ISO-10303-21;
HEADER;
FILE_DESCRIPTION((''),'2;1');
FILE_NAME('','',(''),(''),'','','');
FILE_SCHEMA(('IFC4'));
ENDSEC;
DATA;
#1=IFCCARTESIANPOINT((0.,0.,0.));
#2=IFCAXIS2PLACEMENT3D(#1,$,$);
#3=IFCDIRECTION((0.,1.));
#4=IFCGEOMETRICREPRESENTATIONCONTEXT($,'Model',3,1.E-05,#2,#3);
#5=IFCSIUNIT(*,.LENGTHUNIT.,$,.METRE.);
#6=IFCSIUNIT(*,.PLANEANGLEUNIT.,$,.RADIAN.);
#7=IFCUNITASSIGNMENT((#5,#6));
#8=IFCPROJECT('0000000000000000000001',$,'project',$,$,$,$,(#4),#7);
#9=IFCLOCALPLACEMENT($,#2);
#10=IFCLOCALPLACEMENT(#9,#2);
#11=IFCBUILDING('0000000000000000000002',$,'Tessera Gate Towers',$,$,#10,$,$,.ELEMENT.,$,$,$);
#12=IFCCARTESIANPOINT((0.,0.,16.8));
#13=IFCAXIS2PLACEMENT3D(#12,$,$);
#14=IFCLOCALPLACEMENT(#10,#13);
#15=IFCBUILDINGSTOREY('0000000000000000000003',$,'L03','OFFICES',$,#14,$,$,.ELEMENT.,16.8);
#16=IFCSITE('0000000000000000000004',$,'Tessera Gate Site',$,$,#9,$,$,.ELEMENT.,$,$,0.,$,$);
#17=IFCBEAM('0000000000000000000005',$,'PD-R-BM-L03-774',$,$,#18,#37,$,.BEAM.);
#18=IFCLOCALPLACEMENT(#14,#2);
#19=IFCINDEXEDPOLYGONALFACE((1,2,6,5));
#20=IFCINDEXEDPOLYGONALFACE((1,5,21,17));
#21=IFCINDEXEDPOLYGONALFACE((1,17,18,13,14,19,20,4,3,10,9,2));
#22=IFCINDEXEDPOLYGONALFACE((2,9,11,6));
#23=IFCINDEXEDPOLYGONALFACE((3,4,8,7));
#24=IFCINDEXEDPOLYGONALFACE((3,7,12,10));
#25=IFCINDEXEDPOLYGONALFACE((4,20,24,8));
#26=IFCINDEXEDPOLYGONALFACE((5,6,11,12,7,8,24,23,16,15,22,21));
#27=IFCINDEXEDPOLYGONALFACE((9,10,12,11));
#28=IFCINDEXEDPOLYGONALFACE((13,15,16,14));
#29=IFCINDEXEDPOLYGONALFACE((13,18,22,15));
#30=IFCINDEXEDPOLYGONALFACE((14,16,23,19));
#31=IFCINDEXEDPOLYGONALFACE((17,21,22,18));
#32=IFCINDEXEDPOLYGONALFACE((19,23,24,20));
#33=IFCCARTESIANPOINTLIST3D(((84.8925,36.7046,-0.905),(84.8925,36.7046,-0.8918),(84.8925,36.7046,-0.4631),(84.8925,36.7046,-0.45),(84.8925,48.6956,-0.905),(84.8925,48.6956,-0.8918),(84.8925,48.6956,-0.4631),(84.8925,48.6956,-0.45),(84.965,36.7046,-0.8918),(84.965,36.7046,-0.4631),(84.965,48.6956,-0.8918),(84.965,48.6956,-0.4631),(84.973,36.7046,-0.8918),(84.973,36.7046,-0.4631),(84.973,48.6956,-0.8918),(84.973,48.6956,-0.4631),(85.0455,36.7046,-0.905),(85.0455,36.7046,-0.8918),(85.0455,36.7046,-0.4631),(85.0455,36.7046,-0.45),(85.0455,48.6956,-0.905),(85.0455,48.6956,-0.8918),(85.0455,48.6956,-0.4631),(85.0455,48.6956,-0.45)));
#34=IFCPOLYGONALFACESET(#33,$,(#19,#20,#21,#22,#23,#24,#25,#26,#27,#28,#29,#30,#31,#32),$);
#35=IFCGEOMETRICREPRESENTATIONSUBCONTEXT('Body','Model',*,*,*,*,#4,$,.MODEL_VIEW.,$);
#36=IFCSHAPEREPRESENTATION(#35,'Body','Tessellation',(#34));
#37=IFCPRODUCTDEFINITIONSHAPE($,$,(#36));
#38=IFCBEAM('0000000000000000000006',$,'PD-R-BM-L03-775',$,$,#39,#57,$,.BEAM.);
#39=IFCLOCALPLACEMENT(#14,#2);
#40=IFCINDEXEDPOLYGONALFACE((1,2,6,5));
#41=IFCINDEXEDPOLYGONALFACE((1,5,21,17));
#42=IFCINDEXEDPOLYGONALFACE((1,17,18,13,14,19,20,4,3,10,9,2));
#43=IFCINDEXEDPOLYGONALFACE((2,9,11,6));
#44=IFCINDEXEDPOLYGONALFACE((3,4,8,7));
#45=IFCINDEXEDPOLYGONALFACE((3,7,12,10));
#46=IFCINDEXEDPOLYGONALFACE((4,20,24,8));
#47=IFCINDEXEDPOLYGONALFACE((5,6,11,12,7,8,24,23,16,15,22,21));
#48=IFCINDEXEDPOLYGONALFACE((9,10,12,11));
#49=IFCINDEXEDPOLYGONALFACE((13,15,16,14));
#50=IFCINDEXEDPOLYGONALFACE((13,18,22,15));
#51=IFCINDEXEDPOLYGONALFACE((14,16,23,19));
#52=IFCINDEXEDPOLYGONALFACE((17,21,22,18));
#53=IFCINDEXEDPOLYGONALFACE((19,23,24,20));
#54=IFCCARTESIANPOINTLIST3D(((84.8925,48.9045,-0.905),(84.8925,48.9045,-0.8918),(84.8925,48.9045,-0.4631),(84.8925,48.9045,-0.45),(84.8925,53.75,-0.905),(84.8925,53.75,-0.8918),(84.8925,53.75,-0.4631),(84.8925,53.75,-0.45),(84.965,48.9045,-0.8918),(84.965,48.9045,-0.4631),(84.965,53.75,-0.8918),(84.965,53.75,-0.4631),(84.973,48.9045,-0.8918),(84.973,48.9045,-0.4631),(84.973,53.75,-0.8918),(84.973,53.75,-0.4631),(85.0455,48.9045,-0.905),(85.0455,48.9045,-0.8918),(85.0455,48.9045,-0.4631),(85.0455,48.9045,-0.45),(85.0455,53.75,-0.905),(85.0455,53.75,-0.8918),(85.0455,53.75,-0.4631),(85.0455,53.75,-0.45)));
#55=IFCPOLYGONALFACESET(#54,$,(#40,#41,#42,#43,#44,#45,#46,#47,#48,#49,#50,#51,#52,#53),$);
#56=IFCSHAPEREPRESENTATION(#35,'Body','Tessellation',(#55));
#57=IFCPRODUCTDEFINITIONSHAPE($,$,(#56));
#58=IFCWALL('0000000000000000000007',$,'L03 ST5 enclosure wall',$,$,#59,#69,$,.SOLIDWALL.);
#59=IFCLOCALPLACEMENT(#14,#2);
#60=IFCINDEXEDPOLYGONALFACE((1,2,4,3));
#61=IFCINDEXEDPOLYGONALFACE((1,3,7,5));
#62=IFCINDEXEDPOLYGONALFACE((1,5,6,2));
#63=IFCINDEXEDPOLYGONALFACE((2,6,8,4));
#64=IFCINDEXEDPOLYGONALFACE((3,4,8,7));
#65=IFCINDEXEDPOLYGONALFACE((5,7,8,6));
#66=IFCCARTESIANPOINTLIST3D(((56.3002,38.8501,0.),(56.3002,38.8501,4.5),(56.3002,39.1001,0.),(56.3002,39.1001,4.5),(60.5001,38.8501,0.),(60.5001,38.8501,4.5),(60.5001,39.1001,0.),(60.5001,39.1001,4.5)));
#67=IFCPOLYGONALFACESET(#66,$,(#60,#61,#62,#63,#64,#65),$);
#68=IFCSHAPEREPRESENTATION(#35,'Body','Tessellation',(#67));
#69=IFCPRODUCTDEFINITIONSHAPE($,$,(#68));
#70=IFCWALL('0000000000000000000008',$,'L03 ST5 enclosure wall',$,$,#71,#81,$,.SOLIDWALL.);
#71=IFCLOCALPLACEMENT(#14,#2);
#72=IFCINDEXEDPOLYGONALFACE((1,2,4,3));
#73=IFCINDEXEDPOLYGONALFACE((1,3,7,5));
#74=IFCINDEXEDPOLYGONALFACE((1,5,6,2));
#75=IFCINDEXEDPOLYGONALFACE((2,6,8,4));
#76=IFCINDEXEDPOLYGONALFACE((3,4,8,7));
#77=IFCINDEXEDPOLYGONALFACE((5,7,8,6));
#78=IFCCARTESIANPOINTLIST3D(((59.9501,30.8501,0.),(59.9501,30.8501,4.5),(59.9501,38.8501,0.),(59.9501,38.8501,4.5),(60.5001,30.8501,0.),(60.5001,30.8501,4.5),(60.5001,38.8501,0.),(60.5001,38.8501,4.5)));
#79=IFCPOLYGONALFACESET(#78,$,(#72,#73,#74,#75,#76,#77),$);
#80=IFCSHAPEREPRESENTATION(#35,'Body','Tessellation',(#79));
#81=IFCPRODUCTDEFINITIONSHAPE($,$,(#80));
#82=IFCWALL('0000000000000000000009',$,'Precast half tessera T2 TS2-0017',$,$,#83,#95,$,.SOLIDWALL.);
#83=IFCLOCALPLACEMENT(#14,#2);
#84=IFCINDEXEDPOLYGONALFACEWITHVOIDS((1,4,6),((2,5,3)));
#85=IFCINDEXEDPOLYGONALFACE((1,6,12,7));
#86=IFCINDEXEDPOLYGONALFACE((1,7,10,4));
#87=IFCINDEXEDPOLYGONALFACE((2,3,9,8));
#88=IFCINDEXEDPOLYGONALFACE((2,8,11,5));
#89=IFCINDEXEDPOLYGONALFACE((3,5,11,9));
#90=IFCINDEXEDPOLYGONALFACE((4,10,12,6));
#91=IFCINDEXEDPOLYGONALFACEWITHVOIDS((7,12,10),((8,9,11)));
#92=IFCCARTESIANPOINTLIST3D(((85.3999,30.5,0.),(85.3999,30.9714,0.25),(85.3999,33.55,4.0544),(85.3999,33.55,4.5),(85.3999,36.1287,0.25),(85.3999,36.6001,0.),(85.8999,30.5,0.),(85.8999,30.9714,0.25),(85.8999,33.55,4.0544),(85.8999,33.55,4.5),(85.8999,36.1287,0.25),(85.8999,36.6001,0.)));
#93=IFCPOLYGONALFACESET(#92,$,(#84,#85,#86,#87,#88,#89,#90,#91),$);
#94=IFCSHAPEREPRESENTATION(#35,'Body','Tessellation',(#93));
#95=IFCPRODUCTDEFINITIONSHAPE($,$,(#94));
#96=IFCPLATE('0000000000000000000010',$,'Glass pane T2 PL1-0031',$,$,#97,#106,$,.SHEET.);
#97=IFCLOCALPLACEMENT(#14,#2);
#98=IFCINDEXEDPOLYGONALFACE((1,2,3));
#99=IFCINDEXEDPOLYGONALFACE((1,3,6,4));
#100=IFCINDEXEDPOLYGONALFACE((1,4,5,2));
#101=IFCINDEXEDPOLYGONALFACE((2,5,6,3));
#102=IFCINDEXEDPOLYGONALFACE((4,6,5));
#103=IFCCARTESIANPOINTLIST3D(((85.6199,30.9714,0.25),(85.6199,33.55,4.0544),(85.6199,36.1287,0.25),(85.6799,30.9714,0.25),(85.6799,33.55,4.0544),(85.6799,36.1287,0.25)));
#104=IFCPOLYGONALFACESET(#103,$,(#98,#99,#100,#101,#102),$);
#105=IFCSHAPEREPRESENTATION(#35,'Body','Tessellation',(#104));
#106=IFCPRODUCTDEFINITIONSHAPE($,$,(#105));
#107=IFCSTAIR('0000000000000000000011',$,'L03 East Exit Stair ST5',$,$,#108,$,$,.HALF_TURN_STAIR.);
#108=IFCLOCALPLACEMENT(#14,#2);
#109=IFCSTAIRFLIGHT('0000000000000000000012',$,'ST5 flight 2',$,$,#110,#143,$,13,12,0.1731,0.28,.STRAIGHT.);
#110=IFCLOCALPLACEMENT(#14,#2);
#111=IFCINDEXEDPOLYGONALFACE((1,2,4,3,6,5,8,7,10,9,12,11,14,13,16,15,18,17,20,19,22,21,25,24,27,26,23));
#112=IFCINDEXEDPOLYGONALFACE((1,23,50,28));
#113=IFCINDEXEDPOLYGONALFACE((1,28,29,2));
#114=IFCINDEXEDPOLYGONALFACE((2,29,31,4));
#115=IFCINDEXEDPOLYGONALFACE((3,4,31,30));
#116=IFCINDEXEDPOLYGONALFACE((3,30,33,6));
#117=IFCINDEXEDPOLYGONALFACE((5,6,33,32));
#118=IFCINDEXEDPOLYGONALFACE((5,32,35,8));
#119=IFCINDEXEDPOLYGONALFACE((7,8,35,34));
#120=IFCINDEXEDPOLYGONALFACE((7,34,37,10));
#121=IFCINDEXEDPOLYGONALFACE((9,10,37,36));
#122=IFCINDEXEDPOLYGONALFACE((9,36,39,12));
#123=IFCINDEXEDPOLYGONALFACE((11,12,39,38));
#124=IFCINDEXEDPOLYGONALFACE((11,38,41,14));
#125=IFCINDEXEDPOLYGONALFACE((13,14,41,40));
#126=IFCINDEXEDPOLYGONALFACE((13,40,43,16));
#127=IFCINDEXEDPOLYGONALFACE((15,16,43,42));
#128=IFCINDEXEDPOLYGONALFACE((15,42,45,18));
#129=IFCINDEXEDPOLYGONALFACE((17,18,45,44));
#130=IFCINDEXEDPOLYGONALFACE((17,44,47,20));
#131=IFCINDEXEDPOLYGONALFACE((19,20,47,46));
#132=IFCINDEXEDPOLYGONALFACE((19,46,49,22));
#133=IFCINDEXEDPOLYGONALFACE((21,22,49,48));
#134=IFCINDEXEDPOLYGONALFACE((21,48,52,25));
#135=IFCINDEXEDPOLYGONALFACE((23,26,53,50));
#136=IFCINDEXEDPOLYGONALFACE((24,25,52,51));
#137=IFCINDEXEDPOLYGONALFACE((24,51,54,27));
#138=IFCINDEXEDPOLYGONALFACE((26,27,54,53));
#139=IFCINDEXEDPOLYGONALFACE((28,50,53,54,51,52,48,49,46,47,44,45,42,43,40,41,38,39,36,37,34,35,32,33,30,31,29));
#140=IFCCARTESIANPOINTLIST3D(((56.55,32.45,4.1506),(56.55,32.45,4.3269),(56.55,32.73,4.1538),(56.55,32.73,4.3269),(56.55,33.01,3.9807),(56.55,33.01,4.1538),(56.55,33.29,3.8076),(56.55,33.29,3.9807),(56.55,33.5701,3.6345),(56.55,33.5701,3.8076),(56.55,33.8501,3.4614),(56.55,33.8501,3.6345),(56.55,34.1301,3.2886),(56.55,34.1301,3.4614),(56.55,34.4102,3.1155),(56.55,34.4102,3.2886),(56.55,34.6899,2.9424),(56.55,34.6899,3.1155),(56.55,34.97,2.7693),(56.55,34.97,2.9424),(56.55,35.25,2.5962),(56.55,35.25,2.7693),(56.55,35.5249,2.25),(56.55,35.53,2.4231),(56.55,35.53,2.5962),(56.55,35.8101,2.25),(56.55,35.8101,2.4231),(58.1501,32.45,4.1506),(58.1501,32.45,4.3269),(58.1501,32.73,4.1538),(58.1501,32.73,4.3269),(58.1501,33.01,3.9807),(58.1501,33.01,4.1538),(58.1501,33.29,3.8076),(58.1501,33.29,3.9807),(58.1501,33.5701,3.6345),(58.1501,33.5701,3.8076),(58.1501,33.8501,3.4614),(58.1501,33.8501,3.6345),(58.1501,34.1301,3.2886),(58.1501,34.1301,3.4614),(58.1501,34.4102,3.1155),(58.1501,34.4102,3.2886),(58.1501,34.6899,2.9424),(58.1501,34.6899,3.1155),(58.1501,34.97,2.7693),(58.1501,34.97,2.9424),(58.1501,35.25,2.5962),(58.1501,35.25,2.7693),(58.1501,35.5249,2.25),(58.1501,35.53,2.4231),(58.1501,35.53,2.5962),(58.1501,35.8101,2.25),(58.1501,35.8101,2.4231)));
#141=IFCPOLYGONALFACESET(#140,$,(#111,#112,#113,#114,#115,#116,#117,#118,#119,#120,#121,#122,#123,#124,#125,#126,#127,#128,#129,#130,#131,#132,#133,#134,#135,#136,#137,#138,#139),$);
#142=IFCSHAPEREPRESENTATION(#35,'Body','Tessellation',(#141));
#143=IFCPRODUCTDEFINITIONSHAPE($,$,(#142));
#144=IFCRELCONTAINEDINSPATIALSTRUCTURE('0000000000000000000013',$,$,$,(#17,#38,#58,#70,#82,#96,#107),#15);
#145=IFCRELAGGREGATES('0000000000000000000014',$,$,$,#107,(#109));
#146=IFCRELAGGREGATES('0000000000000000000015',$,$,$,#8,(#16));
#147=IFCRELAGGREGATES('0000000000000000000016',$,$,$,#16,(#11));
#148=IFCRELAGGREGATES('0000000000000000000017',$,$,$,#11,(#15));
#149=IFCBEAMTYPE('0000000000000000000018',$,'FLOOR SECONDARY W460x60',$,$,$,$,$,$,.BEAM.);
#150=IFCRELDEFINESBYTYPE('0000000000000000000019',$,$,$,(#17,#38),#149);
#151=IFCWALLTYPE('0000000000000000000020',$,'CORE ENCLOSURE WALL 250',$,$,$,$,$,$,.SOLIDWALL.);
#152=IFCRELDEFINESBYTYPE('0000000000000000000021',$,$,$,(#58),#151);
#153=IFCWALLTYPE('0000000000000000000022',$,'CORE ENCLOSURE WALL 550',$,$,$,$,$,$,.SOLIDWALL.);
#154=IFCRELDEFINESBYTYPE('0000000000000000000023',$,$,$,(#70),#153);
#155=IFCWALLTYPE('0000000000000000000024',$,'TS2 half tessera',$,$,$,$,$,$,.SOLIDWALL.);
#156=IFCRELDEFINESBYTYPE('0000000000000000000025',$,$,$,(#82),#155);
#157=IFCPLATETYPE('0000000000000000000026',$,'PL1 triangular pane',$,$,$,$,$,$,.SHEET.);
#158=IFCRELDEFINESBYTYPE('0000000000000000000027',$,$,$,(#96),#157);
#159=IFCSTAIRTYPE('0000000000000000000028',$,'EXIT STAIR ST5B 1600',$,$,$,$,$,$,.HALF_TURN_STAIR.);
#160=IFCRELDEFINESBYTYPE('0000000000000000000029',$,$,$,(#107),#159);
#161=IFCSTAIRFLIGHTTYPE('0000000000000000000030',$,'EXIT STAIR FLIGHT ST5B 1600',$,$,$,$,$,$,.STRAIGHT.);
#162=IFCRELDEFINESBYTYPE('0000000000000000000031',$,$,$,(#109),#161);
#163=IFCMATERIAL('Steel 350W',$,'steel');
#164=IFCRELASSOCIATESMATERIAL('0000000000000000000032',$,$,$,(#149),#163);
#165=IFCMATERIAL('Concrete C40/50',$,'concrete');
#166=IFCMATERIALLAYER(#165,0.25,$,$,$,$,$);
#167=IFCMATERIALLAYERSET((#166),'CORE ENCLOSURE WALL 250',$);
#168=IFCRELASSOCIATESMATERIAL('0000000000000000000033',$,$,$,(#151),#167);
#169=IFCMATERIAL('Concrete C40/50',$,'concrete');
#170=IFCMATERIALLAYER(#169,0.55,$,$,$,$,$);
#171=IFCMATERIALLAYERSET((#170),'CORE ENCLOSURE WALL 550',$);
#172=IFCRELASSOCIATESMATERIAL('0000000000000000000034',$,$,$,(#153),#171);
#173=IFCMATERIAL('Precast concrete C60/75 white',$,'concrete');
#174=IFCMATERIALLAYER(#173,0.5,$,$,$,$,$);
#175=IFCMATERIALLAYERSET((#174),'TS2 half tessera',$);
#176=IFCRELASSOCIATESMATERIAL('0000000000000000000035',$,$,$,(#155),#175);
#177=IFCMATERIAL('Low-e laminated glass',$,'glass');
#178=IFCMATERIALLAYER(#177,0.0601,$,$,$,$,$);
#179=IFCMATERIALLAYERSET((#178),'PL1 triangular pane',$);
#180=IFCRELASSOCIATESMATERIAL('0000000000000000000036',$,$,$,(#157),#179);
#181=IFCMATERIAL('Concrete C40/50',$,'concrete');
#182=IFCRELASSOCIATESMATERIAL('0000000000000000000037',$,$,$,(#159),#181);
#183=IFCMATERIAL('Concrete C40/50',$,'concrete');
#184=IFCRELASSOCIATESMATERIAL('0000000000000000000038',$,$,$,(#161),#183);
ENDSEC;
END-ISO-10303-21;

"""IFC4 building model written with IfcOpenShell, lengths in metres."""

from ifc_helpers import new_model, si_unit, direction, frame, frame_2d, origin, origin_2d, place, context, subcontext, project, spatial, polyline, rectangle, i_section, outline, extrude, source, transform, mapped, material, layer, layer_set, material_profile, profile_set, type_object, element, fill, aggregate, save


model = new_model("IFC4")

# Units and contexts
model_context = context("Model", 3, precision=1e-05, world=origin(), true_north=direction((0.0, 1.0)))
body_context = subcontext(model_context, "Body", "Model", "MODEL_VIEW")
ifc_project = project(units=[si_unit("LENGTHUNIT", "METRE"), si_unit("PLANEANGLEUNIT", "RADIAN")], contexts=[model_context])

# Site, building, storey
site_placement = place(None, origin())
site = spatial("IfcSite", under=ifc_project, at=site_placement, Name="Tessera Gate Site", CompositionType="ELEMENT", RefElevation=0.0)
building_placement = place(site_placement, origin())
building = spatial("IfcBuilding", under=site, at=building_placement, Name="Tessera Gate Towers", CompositionType="ELEMENT")
storey_placement = place(building_placement, frame((0.0, 0.0, 16.8)))
storey = spatial("IfcBuildingStorey", under=building, at=storey_placement, Name="L03", Description="OFFICES", CompositionType="ELEMENT", Elevation=16.8)

# Beams
ifc_material_1 = material(Name="Steel 350W", Category="steel")
ifc_material_profile_1 = material_profile(ifc_material_1, i_section(OverallWidth=0.1531, OverallDepth=0.4551, WebThickness=0.0081, FlangeThickness=0.0132, at=origin_2d()), Name="W460x60")
ifc_profile_set_1 = profile_set([ifc_material_profile_1], Name="Steel 350W")
beam_type_1 = type_object("IfcBeamType", Name="FLOOR SECONDARY W460x60", PredefinedType="BEAM", material=ifc_profile_set_1)
beam_1_placement = place(storey_placement, frame((84.969, 36.7046, -0.6775), z_axis=(0.0, 1.0, 0.0), x_axis=(-1.0, 0.0, 0.0)))
element("IfcBeam", 1, at=beam_1_placement, inside=storey, type_object=beam_type_1, Name="PD-R-BM-L03-774", PredefinedType="BEAM", context=body_context, shape_type="SweptSolid", body=[
    extrude(i_section(OverallWidth=0.1531, OverallDepth=0.4551, WebThickness=0.0081, FlangeThickness=0.0132, at=origin_2d()), origin(), (0.0, 0.0, 1.0), 11.991),
])
beam_2_placement = place(storey_placement, frame((84.969, 48.9045, -0.6775), z_axis=(0.0, 1.0, 0.0), x_axis=(-1.0, 0.0, 0.0)))
element("IfcBeam", 2, at=beam_2_placement, inside=storey, type_object=beam_type_1, Name="PD-R-BM-L03-775", PredefinedType="BEAM", context=body_context, shape_type="SweptSolid", body=[
    extrude(i_section(OverallWidth=0.1531, OverallDepth=0.4551, WebThickness=0.0081, FlangeThickness=0.0132, at=origin_2d()), origin(), (0.0, 0.0, 1.0), 4.8455),
])

# Walls
ifc_material_2 = material(Name="Concrete C40/50", Category="concrete")
ifc_layer_1 = layer(ifc_material_2, 0.25)
ifc_layer_set_1 = layer_set([ifc_layer_1], Name="CORE ENCLOSURE WALL 250")
wall_type_1 = type_object("IfcWallType", Name="CORE ENCLOSURE WALL 250", PredefinedType="SOLIDWALL", material=ifc_layer_set_1)
wall_1_placement = place(storey_placement, frame((56.3, 38.9751, 0.0), z_axis=(0.0, 0.0, 1.0), x_axis=(1.0, 0.0, 0.0)))
element("IfcWall", 3, at=wall_1_placement, inside=storey, type_object=wall_type_1, Name="L03 ST5 enclosure wall", PredefinedType="SOLIDWALL", context=body_context, shape_type="SweptSolid", body=[
    extrude(rectangle(XDim=4.2, YDim=0.25, at=frame_2d((2.1001, 0.0))), origin(), (0.0, 0.0, 1.0), 4.5),
])
ifc_material_3 = material(Name="Concrete C40/50", Category="concrete")
ifc_layer_2 = layer(ifc_material_3, 0.55)
ifc_layer_set_2 = layer_set([ifc_layer_2], Name="CORE ENCLOSURE WALL 550")
wall_type_2 = type_object("IfcWallType", Name="CORE ENCLOSURE WALL 550", PredefinedType="SOLIDWALL", material=ifc_layer_set_2)
wall_2_placement = place(storey_placement, frame((60.2251, 38.8501, 0.0), z_axis=(0.0, 0.0, 1.0), x_axis=(0.0, -1.0, 0.0)))
element("IfcWall", 4, at=wall_2_placement, inside=storey, type_object=wall_type_2, Name="L03 ST5 enclosure wall", PredefinedType="SOLIDWALL", context=body_context, shape_type="SweptSolid", body=[
    extrude(rectangle(XDim=8.0, YDim=0.55, at=frame_2d((4.0, 0.0))), origin(), (0.0, 0.0, 1.0), 4.5),
])

# Wall, opening, plate
ifc_material_4 = material(Name="Precast concrete C60/75 white", Category="concrete")
ifc_layer_3 = layer(ifc_material_4, 0.5)
ifc_layer_set_3 = layer_set([ifc_layer_3], Name="TS2 half tessera")
wall_type_3 = type_object("IfcWallType", Name="TS2 half tessera", PredefinedType="SOLIDWALL", material=ifc_layer_set_3)
shared_shape_1 = source(origin(), body_context, "Body", "SweptSolid", [
    extrude(outline(polyline([(6.1001, 0.0), (3.05, 4.5), (0.0, 0.0), (6.1001, 0.0)])), frame((0.0, 0.25, 0.0), z_axis=(0.0, -1.0, 0.0), x_axis=(1.0, 0.0, 0.0)), (0.0, 0.0, 1.0), 0.5),
])
wall_3_placement = place(storey_placement, frame((85.6499, 36.6001, 0.0), z_axis=(0.0, 0.0, 1.0), x_axis=(0.0, -1.0, 0.0)))
wall_3 = element("IfcWall", 5, at=wall_3_placement, inside=storey, type_object=wall_type_3, Name="Precast half tessera T2 TS2-0017", PredefinedType="SOLIDWALL", context=body_context, shape_type="MappedRepresentation", body=[
    mapped(shared_shape_1, transform((0.0, 0.0, 0.0), scale=1.0)),
])
shared_shape_2 = source(origin(), body_context, "Body", "SweptSolid", [
    extrude(outline(polyline([(5.6287, 0.25), (3.05, 4.0544), (0.4714, 0.25), (5.6287, 0.25)])), frame((0.0, 0.26, 0.0), z_axis=(0.0, -1.0, 0.0), x_axis=(1.0, 0.0, 0.0)), (0.0, 0.0, 1.0), 0.52),
])
opening_placement = place(wall_3_placement, origin())
opening = element("IfcOpeningElement", 6, at=opening_placement, cuts=wall_3, PredefinedType="OPENING", context=body_context, shape_type="MappedRepresentation", body=[
    mapped(shared_shape_2, transform((0.0, 0.0, 0.0), scale=1.0)),
])
ifc_material_5 = material(Name="Low-e laminated glass", Category="glass")
ifc_layer_4 = layer(ifc_material_5, 0.0601)
ifc_layer_set_4 = layer_set([ifc_layer_4], Name="PL1 triangular pane")
plate_type = type_object("IfcPlateType", Name="PL1 triangular pane", PredefinedType="SHEET", material=ifc_layer_set_4)
shared_shape_3 = source(origin(), body_context, "Body", "SweptSolid", [
    extrude(outline(polyline([(5.6287, 0.25), (3.05, 4.0544), (0.4714, 0.25), (5.6287, 0.25)])), frame((0.0, 0.03, 0.0), z_axis=(0.0, -1.0, 0.0), x_axis=(1.0, 0.0, 0.0)), (0.0, 0.0, 1.0), 0.0601),
])
plate_placement = place(opening_placement, origin())
plate = element("IfcPlate", 7, at=plate_placement, inside=storey, type_object=plate_type, Name="Glass pane T2 PL1-0031", PredefinedType="SHEET", context=body_context, shape_type="MappedRepresentation", body=[
    mapped(shared_shape_3, transform((0.0, 0.0, 0.0), scale=1.0)),
])
fill(opening, plate)

# Stair, stair flight
ifc_material_6 = material(Name="Concrete C40/50", Category="concrete")
stair_type = type_object("IfcStairType", Name="EXIT STAIR ST5B 1600", PredefinedType="HALF_TURN_STAIR", material=ifc_material_6)
stair_placement = place(storey_placement, origin())
stair = element("IfcStair", 8, at=stair_placement, inside=storey, type_object=stair_type, Name="L03 East Exit Stair ST5", PredefinedType="HALF_TURN_STAIR")
ifc_material_7 = material(Name="Concrete C40/50", Category="concrete")
stair_flight_type = type_object("IfcStairFlightType", Name="EXIT STAIR FLIGHT ST5B 1600", PredefinedType="STRAIGHT", material=ifc_material_7)
stair_flight_placement = place(storey_placement, frame((57.3501, 35.8101, 2.25), z_axis=(0.0, 0.0, 1.0), x_axis=(0.0, -1.0, 0.0)))
stair_flight = element("IfcStairFlight", 9, at=stair_flight_placement, type_object=stair_flight_type, Name="ST5 flight 2", NumberOfRisers=13, NumberOfTreads=12, PredefinedType="STRAIGHT", RiserHeight=0.1731, TreadLength=0.28, context=body_context, shape_type="SweptSolid", body=[
    extrude(outline(polyline([(0.0, 0.0), (0.0, 0.1731), (0.28, 0.1731), (0.28, 0.3462), (0.5601, 0.3462), (0.5601, 0.5193), (0.8401, 0.5193), (0.8401, 0.6924), (1.1201, 0.6924), (1.1201, 0.8655), (1.3999, 0.8655), (1.3999, 1.0386), (1.6799, 1.0386), (1.6799, 1.2114), (1.96, 1.2114), (1.96, 1.3845), (2.24, 1.3845), (2.24, 1.5576), (2.52, 1.5576), (2.52, 1.7307), (2.8, 1.7307), (2.8, 1.9038), (3.0801, 1.9038), (3.0801, 2.0769), (3.3601, 2.0769), (3.3601, 2.25), (3.3601, 1.9006), (0.2852, 0.0), (0.0, 0.0)])), frame((0.0, 0.8, 0.0), z_axis=(0.0, -1.0, 0.0), x_axis=(1.0, 0.0, 0.0)), (0.0, 0.0, 1.0), 1.6001),
])
aggregate(stair, [stair_flight])

save(model, "model.ifc")
